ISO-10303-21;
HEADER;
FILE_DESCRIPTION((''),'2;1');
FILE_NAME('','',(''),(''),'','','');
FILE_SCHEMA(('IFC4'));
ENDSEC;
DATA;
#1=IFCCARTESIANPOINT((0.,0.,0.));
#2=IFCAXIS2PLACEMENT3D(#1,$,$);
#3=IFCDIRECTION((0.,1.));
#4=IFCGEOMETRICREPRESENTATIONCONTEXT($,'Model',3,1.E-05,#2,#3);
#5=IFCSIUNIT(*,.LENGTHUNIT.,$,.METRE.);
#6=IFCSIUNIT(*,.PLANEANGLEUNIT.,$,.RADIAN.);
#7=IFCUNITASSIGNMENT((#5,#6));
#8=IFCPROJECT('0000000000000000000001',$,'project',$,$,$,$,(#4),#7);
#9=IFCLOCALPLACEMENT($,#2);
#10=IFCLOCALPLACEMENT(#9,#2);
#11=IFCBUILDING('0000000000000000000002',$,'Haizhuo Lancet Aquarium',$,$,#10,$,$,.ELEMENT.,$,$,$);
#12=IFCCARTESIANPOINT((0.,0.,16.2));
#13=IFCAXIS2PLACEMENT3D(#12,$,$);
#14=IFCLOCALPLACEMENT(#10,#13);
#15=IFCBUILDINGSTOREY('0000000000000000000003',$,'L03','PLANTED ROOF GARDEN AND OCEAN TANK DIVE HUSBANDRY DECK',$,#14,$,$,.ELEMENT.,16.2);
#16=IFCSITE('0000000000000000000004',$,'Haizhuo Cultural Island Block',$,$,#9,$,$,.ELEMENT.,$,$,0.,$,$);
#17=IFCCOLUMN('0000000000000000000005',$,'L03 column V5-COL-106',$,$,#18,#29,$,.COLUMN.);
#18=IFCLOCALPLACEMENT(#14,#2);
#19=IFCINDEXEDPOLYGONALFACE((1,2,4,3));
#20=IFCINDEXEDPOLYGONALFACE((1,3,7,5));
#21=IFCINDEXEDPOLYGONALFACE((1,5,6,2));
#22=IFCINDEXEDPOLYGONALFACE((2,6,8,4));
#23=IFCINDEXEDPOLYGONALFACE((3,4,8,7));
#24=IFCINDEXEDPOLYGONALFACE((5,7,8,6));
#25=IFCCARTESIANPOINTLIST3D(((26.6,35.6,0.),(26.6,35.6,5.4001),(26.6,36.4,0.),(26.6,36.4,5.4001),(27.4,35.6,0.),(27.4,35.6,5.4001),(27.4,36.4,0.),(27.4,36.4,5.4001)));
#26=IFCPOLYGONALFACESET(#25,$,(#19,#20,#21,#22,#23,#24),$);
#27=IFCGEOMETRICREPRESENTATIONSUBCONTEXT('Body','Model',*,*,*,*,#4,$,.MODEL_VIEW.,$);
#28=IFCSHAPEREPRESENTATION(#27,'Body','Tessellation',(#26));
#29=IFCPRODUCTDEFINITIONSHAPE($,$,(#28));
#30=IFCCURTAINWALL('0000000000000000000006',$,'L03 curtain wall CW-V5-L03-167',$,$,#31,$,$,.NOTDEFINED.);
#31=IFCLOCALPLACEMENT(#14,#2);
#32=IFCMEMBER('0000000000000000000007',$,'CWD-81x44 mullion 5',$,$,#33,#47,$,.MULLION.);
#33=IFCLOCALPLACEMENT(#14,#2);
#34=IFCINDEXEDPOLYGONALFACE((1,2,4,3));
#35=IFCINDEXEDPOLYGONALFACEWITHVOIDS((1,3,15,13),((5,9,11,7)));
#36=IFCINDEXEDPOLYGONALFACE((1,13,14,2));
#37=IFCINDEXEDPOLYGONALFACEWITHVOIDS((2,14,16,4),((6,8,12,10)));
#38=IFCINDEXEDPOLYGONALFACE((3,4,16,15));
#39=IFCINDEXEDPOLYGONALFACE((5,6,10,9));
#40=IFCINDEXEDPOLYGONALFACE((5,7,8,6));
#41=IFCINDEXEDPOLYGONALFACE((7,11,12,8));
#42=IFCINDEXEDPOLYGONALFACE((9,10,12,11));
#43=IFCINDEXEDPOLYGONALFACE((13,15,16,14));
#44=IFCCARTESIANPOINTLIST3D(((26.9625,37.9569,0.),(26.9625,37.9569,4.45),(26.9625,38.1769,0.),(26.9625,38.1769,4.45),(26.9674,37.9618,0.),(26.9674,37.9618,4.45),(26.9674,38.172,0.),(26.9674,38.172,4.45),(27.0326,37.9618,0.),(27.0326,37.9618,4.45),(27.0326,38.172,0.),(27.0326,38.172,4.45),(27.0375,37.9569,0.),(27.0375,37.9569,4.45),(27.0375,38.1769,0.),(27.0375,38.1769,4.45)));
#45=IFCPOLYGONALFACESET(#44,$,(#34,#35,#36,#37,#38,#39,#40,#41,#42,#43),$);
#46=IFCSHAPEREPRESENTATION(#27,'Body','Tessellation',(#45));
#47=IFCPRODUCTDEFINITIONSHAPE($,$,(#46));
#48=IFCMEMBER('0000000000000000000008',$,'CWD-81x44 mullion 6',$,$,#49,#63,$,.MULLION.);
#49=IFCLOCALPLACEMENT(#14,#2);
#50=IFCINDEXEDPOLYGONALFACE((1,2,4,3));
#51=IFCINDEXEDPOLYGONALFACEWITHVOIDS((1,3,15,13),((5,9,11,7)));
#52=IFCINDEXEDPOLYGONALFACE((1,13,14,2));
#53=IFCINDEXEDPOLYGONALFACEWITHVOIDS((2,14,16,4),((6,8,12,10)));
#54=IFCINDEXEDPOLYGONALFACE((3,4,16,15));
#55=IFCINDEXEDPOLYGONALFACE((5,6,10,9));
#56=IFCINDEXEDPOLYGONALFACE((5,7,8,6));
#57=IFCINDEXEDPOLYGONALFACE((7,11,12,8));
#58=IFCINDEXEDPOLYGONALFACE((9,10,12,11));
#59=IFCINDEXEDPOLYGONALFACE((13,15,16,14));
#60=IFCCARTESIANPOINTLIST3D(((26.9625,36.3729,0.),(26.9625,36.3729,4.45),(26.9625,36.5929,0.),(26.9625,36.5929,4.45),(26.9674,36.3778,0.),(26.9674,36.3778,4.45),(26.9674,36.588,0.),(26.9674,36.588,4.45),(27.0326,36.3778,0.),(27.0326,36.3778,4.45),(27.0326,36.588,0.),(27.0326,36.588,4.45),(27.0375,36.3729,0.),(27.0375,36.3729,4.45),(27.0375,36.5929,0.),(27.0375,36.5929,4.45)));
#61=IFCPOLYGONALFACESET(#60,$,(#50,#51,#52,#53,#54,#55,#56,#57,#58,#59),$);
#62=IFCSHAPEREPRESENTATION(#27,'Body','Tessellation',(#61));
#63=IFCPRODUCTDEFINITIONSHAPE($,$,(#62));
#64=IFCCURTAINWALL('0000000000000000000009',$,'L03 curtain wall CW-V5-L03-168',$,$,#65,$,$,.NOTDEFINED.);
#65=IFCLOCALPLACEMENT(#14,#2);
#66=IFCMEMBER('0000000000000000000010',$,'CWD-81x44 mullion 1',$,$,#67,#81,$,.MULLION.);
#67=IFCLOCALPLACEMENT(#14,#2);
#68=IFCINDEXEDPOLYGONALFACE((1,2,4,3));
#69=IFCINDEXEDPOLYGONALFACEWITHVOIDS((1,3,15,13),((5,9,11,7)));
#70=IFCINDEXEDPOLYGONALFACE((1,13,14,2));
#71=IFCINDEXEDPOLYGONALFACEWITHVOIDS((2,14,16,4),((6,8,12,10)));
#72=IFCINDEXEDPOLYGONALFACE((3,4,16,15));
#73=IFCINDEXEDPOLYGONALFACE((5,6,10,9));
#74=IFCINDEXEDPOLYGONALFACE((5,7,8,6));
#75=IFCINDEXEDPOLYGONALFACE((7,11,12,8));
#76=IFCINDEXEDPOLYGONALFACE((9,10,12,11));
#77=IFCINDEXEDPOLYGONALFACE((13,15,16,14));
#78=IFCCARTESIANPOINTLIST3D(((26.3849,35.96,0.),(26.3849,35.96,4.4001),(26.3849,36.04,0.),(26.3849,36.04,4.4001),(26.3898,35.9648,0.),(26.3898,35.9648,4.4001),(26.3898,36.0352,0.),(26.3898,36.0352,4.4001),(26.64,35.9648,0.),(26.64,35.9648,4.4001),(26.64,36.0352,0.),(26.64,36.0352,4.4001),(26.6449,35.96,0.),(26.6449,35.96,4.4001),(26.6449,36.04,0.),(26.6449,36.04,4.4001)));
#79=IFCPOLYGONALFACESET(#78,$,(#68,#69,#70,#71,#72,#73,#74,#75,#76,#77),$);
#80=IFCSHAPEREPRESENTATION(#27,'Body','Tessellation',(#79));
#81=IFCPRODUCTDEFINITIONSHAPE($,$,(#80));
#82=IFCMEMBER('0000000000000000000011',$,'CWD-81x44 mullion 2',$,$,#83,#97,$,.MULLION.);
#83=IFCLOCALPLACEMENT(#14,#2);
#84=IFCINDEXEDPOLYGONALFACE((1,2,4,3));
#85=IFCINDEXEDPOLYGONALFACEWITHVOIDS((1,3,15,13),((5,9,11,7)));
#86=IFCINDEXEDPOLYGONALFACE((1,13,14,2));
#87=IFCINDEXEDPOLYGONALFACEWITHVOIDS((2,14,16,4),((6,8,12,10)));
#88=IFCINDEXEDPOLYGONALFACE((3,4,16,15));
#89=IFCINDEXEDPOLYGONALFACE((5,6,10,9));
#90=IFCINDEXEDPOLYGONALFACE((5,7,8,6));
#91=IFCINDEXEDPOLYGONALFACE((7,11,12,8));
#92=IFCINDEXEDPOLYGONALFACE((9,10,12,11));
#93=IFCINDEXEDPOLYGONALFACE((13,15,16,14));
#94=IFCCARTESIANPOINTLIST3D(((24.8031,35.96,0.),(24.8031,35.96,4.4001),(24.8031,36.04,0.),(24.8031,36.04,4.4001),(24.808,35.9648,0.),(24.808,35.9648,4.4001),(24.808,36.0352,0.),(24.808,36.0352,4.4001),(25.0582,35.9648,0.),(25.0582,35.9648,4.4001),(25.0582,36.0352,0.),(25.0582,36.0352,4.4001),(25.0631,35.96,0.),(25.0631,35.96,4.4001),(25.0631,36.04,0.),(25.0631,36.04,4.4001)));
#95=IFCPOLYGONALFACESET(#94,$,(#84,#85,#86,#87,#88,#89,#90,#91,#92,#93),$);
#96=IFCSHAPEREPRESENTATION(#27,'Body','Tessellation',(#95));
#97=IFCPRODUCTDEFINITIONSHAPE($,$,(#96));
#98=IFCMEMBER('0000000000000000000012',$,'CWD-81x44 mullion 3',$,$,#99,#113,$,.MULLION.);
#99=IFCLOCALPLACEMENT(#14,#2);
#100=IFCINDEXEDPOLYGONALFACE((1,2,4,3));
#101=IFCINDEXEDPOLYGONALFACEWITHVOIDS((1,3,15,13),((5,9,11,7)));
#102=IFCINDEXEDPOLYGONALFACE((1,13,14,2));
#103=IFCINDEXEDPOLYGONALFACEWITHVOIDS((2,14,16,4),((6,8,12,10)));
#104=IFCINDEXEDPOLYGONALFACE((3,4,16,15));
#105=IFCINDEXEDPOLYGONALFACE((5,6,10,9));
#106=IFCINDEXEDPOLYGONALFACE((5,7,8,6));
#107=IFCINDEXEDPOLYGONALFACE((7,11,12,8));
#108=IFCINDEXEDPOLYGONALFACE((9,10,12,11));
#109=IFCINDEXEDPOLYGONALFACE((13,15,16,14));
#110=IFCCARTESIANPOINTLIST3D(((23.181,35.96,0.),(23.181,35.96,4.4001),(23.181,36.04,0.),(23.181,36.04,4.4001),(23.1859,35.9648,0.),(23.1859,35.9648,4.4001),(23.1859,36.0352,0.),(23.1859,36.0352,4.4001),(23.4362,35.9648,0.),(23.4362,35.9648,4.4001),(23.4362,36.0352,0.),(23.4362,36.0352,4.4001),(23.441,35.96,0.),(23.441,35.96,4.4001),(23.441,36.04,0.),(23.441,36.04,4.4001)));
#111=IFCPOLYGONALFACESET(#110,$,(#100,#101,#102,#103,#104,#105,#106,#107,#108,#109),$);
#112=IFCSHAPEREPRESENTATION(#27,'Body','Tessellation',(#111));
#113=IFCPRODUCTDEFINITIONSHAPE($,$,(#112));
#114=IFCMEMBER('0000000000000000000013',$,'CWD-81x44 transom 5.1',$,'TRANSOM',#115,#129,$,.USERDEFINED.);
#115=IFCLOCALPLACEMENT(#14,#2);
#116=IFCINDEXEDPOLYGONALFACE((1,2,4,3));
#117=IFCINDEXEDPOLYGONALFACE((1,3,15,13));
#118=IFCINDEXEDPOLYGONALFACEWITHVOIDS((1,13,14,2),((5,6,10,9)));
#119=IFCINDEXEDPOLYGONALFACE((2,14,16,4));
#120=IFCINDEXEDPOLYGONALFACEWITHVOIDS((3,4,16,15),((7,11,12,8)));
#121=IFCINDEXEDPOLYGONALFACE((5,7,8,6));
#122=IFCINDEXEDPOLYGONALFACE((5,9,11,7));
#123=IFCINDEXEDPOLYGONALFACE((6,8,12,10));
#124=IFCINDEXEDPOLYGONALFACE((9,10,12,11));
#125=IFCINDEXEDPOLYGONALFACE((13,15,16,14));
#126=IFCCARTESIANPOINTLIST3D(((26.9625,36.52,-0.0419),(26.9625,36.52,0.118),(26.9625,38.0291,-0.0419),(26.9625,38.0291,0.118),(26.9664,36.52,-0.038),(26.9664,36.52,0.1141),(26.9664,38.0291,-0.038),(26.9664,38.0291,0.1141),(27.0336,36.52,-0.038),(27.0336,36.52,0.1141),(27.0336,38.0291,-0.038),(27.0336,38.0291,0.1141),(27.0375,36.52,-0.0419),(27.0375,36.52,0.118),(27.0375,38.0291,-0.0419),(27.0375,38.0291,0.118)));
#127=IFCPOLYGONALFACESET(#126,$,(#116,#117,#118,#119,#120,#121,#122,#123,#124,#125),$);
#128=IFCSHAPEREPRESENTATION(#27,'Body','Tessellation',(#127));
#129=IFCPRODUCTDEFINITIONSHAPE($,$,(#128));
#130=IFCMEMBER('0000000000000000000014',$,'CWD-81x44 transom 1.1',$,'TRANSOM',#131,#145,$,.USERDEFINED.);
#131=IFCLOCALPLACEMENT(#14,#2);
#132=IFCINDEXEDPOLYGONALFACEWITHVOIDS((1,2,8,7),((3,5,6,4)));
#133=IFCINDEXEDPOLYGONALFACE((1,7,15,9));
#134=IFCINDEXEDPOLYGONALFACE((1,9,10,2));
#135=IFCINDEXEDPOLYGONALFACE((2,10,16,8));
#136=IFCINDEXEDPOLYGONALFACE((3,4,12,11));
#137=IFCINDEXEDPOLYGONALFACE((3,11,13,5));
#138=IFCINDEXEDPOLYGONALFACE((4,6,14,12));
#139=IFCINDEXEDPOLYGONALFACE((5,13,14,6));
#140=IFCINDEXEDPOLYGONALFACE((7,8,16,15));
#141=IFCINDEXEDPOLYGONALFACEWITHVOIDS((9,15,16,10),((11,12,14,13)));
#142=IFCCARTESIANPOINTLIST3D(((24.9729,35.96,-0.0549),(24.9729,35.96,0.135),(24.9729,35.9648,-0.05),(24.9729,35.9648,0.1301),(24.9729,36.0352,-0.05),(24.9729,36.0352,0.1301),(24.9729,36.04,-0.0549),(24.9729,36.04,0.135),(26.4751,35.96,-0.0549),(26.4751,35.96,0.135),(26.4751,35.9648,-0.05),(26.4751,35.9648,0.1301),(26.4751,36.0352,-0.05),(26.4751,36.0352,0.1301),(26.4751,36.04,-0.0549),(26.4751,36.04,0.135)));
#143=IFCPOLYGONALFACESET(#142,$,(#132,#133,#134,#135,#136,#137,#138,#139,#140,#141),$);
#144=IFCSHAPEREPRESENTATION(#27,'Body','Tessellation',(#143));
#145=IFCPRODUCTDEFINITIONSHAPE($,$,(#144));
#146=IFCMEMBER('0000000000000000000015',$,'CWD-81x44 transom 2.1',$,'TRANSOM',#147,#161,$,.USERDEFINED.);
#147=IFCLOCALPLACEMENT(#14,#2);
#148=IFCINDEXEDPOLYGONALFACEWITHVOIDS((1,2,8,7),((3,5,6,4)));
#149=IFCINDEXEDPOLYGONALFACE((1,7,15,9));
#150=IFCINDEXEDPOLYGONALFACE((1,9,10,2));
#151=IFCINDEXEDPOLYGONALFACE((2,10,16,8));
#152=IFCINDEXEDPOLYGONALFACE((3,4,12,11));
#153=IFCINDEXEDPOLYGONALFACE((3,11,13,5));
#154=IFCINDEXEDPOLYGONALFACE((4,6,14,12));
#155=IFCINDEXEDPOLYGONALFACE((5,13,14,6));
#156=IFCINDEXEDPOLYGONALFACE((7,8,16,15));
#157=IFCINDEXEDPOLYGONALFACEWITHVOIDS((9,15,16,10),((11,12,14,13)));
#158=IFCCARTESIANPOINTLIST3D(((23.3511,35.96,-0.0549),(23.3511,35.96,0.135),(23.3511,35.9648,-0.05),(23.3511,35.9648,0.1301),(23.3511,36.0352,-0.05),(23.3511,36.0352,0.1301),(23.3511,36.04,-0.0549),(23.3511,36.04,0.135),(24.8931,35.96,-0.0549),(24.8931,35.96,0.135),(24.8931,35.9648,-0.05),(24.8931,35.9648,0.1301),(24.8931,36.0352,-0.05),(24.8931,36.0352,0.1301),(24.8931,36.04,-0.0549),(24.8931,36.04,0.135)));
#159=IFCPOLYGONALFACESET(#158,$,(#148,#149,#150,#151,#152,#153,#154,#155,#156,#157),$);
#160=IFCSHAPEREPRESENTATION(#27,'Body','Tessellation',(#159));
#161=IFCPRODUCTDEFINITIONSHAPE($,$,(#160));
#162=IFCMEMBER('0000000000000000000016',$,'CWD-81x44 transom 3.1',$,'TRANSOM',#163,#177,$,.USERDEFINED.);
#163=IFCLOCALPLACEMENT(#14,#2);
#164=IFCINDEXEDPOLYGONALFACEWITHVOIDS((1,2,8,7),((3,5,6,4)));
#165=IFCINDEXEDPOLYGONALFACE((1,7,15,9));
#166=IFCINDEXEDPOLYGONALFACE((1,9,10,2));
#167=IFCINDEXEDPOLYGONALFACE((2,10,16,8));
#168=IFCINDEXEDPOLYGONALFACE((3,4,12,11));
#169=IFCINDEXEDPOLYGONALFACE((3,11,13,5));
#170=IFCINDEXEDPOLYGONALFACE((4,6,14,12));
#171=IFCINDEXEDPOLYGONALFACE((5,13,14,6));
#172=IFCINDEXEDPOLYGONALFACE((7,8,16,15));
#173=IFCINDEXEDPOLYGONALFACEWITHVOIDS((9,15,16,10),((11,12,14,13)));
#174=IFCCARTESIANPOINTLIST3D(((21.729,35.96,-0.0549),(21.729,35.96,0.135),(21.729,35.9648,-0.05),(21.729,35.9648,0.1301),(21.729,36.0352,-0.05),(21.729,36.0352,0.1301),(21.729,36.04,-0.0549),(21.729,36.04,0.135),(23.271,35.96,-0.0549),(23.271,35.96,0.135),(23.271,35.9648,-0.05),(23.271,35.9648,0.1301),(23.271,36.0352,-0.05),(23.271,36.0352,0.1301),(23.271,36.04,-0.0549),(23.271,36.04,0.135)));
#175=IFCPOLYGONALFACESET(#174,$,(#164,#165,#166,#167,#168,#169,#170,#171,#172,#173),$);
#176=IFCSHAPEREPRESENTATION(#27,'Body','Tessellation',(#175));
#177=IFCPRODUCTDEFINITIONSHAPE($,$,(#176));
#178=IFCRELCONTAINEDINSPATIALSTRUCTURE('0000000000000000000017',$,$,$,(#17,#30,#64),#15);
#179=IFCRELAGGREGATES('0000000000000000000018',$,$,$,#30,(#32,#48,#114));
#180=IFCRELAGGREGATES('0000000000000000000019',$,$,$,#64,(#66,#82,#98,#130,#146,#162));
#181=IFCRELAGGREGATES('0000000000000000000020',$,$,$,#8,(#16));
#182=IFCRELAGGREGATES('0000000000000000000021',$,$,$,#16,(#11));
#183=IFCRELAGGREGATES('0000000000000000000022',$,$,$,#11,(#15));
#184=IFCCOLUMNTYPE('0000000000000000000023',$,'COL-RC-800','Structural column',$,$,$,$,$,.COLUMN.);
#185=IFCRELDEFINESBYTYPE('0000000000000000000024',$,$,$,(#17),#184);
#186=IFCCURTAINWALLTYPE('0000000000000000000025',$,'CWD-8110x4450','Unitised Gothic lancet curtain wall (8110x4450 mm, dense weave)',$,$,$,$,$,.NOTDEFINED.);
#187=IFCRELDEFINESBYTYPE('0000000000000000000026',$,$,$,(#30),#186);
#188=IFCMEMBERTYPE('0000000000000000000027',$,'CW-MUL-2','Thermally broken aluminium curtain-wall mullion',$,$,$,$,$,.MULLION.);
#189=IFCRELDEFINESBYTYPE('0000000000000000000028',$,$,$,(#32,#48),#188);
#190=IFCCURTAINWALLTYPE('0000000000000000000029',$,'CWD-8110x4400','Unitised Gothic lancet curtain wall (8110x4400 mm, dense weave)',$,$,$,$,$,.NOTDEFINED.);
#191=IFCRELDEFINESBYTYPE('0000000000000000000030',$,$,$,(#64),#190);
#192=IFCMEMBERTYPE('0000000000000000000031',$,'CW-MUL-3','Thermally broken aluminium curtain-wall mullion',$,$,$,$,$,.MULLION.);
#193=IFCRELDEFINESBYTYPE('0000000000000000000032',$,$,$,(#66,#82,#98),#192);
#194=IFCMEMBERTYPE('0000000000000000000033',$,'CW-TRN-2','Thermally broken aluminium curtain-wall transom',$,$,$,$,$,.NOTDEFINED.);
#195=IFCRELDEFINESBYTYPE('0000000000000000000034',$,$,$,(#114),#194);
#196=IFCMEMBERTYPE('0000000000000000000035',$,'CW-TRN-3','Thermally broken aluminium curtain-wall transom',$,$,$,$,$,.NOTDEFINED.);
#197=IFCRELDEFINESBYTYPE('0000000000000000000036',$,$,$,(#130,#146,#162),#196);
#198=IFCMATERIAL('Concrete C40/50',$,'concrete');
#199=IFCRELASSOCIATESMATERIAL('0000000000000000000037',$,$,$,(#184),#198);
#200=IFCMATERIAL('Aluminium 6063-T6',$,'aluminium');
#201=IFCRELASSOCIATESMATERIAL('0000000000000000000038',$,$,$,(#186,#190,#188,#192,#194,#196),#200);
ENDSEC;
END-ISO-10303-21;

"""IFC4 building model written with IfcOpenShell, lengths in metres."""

from ifc_helpers import new_model, si_unit, direction, frame, origin, origin_2d, place, context, subcontext, project, spatial, rectangle, hollow_rectangle, extrude, material, material_profile, profile_set, type_object, element, aggregate, save


model = new_model("IFC4")

# Units and contexts
model_context = context("Model", 3, precision=1e-05, world=origin(), true_north=direction((0.0, 1.0)))
body_context = subcontext(model_context, "Body", "Model", "MODEL_VIEW")
ifc_project = project(units=[si_unit("LENGTHUNIT", "METRE"), si_unit("PLANEANGLEUNIT", "RADIAN")], contexts=[model_context])

# Site, building, storey
site_placement = place(None, origin())
site = spatial("IfcSite", under=ifc_project, at=site_placement, Name="Haizhuo Cultural Island Block", CompositionType="ELEMENT", RefElevation=0.0)
building_placement = place(site_placement, origin())
building = spatial("IfcBuilding", under=site, at=building_placement, Name="Haizhuo Lancet Aquarium", CompositionType="ELEMENT")
storey_placement = place(building_placement, frame((0.0, 0.0, 16.2)))
storey = spatial("IfcBuildingStorey", under=building, at=storey_placement, Name="L03", Description="PLANTED ROOF GARDEN AND OCEAN TANK DIVE HUSBANDRY DECK", CompositionType="ELEMENT", Elevation=16.2)

# Column
ifc_material_1 = material(Name="Concrete C40/50", Category="concrete")
ifc_material_profile_1 = material_profile(ifc_material_1, rectangle(XDim=0.8, YDim=0.8, at=origin_2d()), Name="RC-COL 800x800")
ifc_profile_set_1 = profile_set([ifc_material_profile_1], Name="Concrete C40/50")
column_type = type_object("IfcColumnType", Name="COL-RC-800", Description="Structural column", PredefinedType="COLUMN", material=ifc_profile_set_1)
column_placement = place(storey_placement, frame((27.0, 36.0, 0.0), z_axis=(0.0, 0.0, 1.0), x_axis=(1.0, 0.0, 0.0)))
element("IfcColumn", 1, at=column_placement, inside=storey, type_object=column_type, Name="L03 column V5-COL-106", PredefinedType="COLUMN", context=body_context, shape_type="SweptSolid", body=[
    extrude(rectangle(XDim=0.8, YDim=0.8, at=origin_2d()), origin(), (0.0, 0.0, 1.0), 5.4001),
])

# Curtain walls, members
ifc_material_2 = material(Name="Aluminium 6063-T6", Category="aluminium")
curtain_wall_type_1 = type_object("IfcCurtainWallType", Name="CWD-8110x4450", Description="Unitised Gothic lancet curtain wall (8110x4450 mm, dense weave)", PredefinedType="NOTDEFINED", material=ifc_material_2)
curtain_wall_1_placement = place(storey_placement, origin())
curtain_wall_1 = element("IfcCurtainWall", 2, at=curtain_wall_1_placement, inside=storey, type_object=curtain_wall_type_1, Name="L03 curtain wall CW-V5-L03-167", PredefinedType="NOTDEFINED")
ifc_material_profile_2 = material_profile(ifc_material_2, hollow_rectangle(XDim=0.075, YDim=0.22, WallThickness=0.0049, at=origin_2d()), Name="ALU-M 75x220x5")
ifc_profile_set_2 = profile_set([ifc_material_profile_2], Name="Aluminium 6063-T6")
member_type_1 = type_object("IfcMemberType", Name="CW-MUL-2", Description="Thermally broken aluminium curtain-wall mullion", PredefinedType="MULLION", material=ifc_profile_set_2)
member_1_placement = place(storey_placement, frame((27.0, 38.0669, 0.0), z_axis=(0.0, 0.0, 1.0), x_axis=(1.0, 0.0, 0.0)))
member_1 = element("IfcMember", 3, at=member_1_placement, type_object=member_type_1, Name="CWD-81x44 mullion 5", PredefinedType="MULLION", context=body_context, shape_type="SweptSolid", body=[
    extrude(hollow_rectangle(XDim=0.075, YDim=0.22, WallThickness=0.0049, at=origin_2d()), origin(), (0.0, 0.0, 1.0), 4.45),
])
member_2_placement = place(storey_placement, frame((27.0, 36.4829, 0.0), z_axis=(0.0, 0.0, 1.0), x_axis=(1.0, 0.0, 0.0)))
member_2 = element("IfcMember", 4, at=member_2_placement, type_object=member_type_1, Name="CWD-81x44 mullion 6", PredefinedType="MULLION", context=body_context, shape_type="SweptSolid", body=[
    extrude(hollow_rectangle(XDim=0.075, YDim=0.22, WallThickness=0.0049, at=origin_2d()), origin(), (0.0, 0.0, 1.0), 4.45),
])
curtain_wall_type_2 = type_object("IfcCurtainWallType", Name="CWD-8110x4400", Description="Unitised Gothic lancet curtain wall (8110x4400 mm, dense weave)", PredefinedType="NOTDEFINED", material=ifc_material_2)
curtain_wall_2_placement = place(storey_placement, origin())
curtain_wall_2 = element("IfcCurtainWall", 5, at=curtain_wall_2_placement, inside=storey, type_object=curtain_wall_type_2, Name="L03 curtain wall CW-V5-L03-168", PredefinedType="NOTDEFINED")
ifc_material_profile_3 = material_profile(ifc_material_2, hollow_rectangle(XDim=0.0801, YDim=0.26, WallThickness=0.0049, at=origin_2d()), Name="ALU-M 80x260x5")
ifc_profile_set_3 = profile_set([ifc_material_profile_3], Name="Aluminium 6063-T6")
member_type_2 = type_object("IfcMemberType", Name="CW-MUL-3", Description="Thermally broken aluminium curtain-wall mullion", PredefinedType="MULLION", material=ifc_profile_set_3)
member_3_placement = place(storey_placement, frame((26.5149, 36.0, 0.0), z_axis=(0.0, 0.0, 1.0), x_axis=(0.0, -1.0, 0.0)))
member_3 = element("IfcMember", 6, at=member_3_placement, type_object=member_type_2, Name="CWD-81x44 mullion 1", PredefinedType="MULLION", context=body_context, shape_type="SweptSolid", body=[
    extrude(hollow_rectangle(XDim=0.0801, YDim=0.26, WallThickness=0.0049, at=origin_2d()), origin(), (0.0, 0.0, 1.0), 4.4001),
])
member_4_placement = place(storey_placement, frame((24.9331, 36.0, 0.0), z_axis=(0.0, 0.0, 1.0), x_axis=(0.0, -1.0, 0.0)))
member_4 = element("IfcMember", 7, at=member_4_placement, type_object=member_type_2, Name="CWD-81x44 mullion 2", PredefinedType="MULLION", context=body_context, shape_type="SweptSolid", body=[
    extrude(hollow_rectangle(XDim=0.0801, YDim=0.26, WallThickness=0.0049, at=origin_2d()), origin(), (0.0, 0.0, 1.0), 4.4001),
])
member_5_placement = place(storey_placement, frame((23.311, 36.0, 0.0), z_axis=(0.0, 0.0, 1.0), x_axis=(0.0, -1.0, 0.0)))
member_5 = element("IfcMember", 8, at=member_5_placement, type_object=member_type_2, Name="CWD-81x44 mullion 3", PredefinedType="MULLION", context=body_context, shape_type="SweptSolid", body=[
    extrude(hollow_rectangle(XDim=0.0801, YDim=0.26, WallThickness=0.0049, at=origin_2d()), origin(), (0.0, 0.0, 1.0), 4.4001),
])

# Members
ifc_material_profile_4 = material_profile(ifc_material_2, hollow_rectangle(XDim=0.075, YDim=0.1599, WallThickness=0.0039, at=origin_2d()), Name="ALU-T 75x160x4")
ifc_profile_set_4 = profile_set([ifc_material_profile_4], Name="Aluminium 6063-T6")
member_type_3 = type_object("IfcMemberType", Name="CW-TRN-2", Description="Thermally broken aluminium curtain-wall transom", PredefinedType="NOTDEFINED", material=ifc_profile_set_4)
member_6_placement = place(storey_placement, frame((27.0, 38.0291, 0.0381), z_axis=(0.0, -1.0, 0.0), x_axis=(1.0, 0.0, 0.0)))
member_6 = element("IfcMember", 9, at=member_6_placement, type_object=member_type_3, Name="CWD-81x44 transom 5.1", ObjectType="TRANSOM", PredefinedType="USERDEFINED", context=body_context, shape_type="SweptSolid", body=[
    extrude(hollow_rectangle(XDim=0.075, YDim=0.1599, WallThickness=0.0039, at=origin_2d()), origin(), (0.0, 0.0, 1.0), 1.509),
])
ifc_material_profile_5 = material_profile(ifc_material_2, hollow_rectangle(XDim=0.0801, YDim=0.1899, WallThickness=0.0049, at=origin_2d()), Name="ALU-T 80x190x5")
ifc_profile_set_5 = profile_set([ifc_material_profile_5], Name="Aluminium 6063-T6")
member_type_4 = type_object("IfcMemberType", Name="CW-TRN-3", Description="Thermally broken aluminium curtain-wall transom", PredefinedType="NOTDEFINED", material=ifc_profile_set_5)
member_7_placement = place(storey_placement, frame((26.4751, 36.0, 0.04), z_axis=(-1.0, 0.0, 0.0), x_axis=(0.0, -1.0, 0.0)))
member_7 = element("IfcMember", 10, at=member_7_placement, type_object=member_type_4, Name="CWD-81x44 transom 1.1", ObjectType="TRANSOM", PredefinedType="USERDEFINED", context=body_context, shape_type="SweptSolid", body=[
    extrude(hollow_rectangle(XDim=0.0801, YDim=0.1899, WallThickness=0.0049, at=origin_2d()), origin(), (0.0, 0.0, 1.0), 1.5022),
])
member_8_placement = place(storey_placement, frame((24.8931, 36.0, 0.04), z_axis=(-1.0, 0.0, 0.0), x_axis=(0.0, -1.0, 0.0)))
member_8 = element("IfcMember", 11, at=member_8_placement, type_object=member_type_4, Name="CWD-81x44 transom 2.1", ObjectType="TRANSOM", PredefinedType="USERDEFINED", context=body_context, shape_type="SweptSolid", body=[
    extrude(hollow_rectangle(XDim=0.0801, YDim=0.1899, WallThickness=0.0049, at=origin_2d()), origin(), (0.0, 0.0, 1.0), 1.542),
])
member_9_placement = place(storey_placement, frame((23.271, 36.0, 0.04), z_axis=(-1.0, 0.0, 0.0), x_axis=(0.0, -1.0, 0.0)))
member_9 = element("IfcMember", 12, at=member_9_placement, type_object=member_type_4, Name="CWD-81x44 transom 3.1", ObjectType="TRANSOM", PredefinedType="USERDEFINED", context=body_context, shape_type="SweptSolid", body=[
    extrude(hollow_rectangle(XDim=0.0801, YDim=0.1899, WallThickness=0.0049, at=origin_2d()), origin(), (0.0, 0.0, 1.0), 1.542),
])

aggregate(curtain_wall_1, [member_1, member_2, member_6])
aggregate(curtain_wall_2, [member_3, member_4, member_5, member_7, member_8, member_9])

save(model, "model.ifc")
